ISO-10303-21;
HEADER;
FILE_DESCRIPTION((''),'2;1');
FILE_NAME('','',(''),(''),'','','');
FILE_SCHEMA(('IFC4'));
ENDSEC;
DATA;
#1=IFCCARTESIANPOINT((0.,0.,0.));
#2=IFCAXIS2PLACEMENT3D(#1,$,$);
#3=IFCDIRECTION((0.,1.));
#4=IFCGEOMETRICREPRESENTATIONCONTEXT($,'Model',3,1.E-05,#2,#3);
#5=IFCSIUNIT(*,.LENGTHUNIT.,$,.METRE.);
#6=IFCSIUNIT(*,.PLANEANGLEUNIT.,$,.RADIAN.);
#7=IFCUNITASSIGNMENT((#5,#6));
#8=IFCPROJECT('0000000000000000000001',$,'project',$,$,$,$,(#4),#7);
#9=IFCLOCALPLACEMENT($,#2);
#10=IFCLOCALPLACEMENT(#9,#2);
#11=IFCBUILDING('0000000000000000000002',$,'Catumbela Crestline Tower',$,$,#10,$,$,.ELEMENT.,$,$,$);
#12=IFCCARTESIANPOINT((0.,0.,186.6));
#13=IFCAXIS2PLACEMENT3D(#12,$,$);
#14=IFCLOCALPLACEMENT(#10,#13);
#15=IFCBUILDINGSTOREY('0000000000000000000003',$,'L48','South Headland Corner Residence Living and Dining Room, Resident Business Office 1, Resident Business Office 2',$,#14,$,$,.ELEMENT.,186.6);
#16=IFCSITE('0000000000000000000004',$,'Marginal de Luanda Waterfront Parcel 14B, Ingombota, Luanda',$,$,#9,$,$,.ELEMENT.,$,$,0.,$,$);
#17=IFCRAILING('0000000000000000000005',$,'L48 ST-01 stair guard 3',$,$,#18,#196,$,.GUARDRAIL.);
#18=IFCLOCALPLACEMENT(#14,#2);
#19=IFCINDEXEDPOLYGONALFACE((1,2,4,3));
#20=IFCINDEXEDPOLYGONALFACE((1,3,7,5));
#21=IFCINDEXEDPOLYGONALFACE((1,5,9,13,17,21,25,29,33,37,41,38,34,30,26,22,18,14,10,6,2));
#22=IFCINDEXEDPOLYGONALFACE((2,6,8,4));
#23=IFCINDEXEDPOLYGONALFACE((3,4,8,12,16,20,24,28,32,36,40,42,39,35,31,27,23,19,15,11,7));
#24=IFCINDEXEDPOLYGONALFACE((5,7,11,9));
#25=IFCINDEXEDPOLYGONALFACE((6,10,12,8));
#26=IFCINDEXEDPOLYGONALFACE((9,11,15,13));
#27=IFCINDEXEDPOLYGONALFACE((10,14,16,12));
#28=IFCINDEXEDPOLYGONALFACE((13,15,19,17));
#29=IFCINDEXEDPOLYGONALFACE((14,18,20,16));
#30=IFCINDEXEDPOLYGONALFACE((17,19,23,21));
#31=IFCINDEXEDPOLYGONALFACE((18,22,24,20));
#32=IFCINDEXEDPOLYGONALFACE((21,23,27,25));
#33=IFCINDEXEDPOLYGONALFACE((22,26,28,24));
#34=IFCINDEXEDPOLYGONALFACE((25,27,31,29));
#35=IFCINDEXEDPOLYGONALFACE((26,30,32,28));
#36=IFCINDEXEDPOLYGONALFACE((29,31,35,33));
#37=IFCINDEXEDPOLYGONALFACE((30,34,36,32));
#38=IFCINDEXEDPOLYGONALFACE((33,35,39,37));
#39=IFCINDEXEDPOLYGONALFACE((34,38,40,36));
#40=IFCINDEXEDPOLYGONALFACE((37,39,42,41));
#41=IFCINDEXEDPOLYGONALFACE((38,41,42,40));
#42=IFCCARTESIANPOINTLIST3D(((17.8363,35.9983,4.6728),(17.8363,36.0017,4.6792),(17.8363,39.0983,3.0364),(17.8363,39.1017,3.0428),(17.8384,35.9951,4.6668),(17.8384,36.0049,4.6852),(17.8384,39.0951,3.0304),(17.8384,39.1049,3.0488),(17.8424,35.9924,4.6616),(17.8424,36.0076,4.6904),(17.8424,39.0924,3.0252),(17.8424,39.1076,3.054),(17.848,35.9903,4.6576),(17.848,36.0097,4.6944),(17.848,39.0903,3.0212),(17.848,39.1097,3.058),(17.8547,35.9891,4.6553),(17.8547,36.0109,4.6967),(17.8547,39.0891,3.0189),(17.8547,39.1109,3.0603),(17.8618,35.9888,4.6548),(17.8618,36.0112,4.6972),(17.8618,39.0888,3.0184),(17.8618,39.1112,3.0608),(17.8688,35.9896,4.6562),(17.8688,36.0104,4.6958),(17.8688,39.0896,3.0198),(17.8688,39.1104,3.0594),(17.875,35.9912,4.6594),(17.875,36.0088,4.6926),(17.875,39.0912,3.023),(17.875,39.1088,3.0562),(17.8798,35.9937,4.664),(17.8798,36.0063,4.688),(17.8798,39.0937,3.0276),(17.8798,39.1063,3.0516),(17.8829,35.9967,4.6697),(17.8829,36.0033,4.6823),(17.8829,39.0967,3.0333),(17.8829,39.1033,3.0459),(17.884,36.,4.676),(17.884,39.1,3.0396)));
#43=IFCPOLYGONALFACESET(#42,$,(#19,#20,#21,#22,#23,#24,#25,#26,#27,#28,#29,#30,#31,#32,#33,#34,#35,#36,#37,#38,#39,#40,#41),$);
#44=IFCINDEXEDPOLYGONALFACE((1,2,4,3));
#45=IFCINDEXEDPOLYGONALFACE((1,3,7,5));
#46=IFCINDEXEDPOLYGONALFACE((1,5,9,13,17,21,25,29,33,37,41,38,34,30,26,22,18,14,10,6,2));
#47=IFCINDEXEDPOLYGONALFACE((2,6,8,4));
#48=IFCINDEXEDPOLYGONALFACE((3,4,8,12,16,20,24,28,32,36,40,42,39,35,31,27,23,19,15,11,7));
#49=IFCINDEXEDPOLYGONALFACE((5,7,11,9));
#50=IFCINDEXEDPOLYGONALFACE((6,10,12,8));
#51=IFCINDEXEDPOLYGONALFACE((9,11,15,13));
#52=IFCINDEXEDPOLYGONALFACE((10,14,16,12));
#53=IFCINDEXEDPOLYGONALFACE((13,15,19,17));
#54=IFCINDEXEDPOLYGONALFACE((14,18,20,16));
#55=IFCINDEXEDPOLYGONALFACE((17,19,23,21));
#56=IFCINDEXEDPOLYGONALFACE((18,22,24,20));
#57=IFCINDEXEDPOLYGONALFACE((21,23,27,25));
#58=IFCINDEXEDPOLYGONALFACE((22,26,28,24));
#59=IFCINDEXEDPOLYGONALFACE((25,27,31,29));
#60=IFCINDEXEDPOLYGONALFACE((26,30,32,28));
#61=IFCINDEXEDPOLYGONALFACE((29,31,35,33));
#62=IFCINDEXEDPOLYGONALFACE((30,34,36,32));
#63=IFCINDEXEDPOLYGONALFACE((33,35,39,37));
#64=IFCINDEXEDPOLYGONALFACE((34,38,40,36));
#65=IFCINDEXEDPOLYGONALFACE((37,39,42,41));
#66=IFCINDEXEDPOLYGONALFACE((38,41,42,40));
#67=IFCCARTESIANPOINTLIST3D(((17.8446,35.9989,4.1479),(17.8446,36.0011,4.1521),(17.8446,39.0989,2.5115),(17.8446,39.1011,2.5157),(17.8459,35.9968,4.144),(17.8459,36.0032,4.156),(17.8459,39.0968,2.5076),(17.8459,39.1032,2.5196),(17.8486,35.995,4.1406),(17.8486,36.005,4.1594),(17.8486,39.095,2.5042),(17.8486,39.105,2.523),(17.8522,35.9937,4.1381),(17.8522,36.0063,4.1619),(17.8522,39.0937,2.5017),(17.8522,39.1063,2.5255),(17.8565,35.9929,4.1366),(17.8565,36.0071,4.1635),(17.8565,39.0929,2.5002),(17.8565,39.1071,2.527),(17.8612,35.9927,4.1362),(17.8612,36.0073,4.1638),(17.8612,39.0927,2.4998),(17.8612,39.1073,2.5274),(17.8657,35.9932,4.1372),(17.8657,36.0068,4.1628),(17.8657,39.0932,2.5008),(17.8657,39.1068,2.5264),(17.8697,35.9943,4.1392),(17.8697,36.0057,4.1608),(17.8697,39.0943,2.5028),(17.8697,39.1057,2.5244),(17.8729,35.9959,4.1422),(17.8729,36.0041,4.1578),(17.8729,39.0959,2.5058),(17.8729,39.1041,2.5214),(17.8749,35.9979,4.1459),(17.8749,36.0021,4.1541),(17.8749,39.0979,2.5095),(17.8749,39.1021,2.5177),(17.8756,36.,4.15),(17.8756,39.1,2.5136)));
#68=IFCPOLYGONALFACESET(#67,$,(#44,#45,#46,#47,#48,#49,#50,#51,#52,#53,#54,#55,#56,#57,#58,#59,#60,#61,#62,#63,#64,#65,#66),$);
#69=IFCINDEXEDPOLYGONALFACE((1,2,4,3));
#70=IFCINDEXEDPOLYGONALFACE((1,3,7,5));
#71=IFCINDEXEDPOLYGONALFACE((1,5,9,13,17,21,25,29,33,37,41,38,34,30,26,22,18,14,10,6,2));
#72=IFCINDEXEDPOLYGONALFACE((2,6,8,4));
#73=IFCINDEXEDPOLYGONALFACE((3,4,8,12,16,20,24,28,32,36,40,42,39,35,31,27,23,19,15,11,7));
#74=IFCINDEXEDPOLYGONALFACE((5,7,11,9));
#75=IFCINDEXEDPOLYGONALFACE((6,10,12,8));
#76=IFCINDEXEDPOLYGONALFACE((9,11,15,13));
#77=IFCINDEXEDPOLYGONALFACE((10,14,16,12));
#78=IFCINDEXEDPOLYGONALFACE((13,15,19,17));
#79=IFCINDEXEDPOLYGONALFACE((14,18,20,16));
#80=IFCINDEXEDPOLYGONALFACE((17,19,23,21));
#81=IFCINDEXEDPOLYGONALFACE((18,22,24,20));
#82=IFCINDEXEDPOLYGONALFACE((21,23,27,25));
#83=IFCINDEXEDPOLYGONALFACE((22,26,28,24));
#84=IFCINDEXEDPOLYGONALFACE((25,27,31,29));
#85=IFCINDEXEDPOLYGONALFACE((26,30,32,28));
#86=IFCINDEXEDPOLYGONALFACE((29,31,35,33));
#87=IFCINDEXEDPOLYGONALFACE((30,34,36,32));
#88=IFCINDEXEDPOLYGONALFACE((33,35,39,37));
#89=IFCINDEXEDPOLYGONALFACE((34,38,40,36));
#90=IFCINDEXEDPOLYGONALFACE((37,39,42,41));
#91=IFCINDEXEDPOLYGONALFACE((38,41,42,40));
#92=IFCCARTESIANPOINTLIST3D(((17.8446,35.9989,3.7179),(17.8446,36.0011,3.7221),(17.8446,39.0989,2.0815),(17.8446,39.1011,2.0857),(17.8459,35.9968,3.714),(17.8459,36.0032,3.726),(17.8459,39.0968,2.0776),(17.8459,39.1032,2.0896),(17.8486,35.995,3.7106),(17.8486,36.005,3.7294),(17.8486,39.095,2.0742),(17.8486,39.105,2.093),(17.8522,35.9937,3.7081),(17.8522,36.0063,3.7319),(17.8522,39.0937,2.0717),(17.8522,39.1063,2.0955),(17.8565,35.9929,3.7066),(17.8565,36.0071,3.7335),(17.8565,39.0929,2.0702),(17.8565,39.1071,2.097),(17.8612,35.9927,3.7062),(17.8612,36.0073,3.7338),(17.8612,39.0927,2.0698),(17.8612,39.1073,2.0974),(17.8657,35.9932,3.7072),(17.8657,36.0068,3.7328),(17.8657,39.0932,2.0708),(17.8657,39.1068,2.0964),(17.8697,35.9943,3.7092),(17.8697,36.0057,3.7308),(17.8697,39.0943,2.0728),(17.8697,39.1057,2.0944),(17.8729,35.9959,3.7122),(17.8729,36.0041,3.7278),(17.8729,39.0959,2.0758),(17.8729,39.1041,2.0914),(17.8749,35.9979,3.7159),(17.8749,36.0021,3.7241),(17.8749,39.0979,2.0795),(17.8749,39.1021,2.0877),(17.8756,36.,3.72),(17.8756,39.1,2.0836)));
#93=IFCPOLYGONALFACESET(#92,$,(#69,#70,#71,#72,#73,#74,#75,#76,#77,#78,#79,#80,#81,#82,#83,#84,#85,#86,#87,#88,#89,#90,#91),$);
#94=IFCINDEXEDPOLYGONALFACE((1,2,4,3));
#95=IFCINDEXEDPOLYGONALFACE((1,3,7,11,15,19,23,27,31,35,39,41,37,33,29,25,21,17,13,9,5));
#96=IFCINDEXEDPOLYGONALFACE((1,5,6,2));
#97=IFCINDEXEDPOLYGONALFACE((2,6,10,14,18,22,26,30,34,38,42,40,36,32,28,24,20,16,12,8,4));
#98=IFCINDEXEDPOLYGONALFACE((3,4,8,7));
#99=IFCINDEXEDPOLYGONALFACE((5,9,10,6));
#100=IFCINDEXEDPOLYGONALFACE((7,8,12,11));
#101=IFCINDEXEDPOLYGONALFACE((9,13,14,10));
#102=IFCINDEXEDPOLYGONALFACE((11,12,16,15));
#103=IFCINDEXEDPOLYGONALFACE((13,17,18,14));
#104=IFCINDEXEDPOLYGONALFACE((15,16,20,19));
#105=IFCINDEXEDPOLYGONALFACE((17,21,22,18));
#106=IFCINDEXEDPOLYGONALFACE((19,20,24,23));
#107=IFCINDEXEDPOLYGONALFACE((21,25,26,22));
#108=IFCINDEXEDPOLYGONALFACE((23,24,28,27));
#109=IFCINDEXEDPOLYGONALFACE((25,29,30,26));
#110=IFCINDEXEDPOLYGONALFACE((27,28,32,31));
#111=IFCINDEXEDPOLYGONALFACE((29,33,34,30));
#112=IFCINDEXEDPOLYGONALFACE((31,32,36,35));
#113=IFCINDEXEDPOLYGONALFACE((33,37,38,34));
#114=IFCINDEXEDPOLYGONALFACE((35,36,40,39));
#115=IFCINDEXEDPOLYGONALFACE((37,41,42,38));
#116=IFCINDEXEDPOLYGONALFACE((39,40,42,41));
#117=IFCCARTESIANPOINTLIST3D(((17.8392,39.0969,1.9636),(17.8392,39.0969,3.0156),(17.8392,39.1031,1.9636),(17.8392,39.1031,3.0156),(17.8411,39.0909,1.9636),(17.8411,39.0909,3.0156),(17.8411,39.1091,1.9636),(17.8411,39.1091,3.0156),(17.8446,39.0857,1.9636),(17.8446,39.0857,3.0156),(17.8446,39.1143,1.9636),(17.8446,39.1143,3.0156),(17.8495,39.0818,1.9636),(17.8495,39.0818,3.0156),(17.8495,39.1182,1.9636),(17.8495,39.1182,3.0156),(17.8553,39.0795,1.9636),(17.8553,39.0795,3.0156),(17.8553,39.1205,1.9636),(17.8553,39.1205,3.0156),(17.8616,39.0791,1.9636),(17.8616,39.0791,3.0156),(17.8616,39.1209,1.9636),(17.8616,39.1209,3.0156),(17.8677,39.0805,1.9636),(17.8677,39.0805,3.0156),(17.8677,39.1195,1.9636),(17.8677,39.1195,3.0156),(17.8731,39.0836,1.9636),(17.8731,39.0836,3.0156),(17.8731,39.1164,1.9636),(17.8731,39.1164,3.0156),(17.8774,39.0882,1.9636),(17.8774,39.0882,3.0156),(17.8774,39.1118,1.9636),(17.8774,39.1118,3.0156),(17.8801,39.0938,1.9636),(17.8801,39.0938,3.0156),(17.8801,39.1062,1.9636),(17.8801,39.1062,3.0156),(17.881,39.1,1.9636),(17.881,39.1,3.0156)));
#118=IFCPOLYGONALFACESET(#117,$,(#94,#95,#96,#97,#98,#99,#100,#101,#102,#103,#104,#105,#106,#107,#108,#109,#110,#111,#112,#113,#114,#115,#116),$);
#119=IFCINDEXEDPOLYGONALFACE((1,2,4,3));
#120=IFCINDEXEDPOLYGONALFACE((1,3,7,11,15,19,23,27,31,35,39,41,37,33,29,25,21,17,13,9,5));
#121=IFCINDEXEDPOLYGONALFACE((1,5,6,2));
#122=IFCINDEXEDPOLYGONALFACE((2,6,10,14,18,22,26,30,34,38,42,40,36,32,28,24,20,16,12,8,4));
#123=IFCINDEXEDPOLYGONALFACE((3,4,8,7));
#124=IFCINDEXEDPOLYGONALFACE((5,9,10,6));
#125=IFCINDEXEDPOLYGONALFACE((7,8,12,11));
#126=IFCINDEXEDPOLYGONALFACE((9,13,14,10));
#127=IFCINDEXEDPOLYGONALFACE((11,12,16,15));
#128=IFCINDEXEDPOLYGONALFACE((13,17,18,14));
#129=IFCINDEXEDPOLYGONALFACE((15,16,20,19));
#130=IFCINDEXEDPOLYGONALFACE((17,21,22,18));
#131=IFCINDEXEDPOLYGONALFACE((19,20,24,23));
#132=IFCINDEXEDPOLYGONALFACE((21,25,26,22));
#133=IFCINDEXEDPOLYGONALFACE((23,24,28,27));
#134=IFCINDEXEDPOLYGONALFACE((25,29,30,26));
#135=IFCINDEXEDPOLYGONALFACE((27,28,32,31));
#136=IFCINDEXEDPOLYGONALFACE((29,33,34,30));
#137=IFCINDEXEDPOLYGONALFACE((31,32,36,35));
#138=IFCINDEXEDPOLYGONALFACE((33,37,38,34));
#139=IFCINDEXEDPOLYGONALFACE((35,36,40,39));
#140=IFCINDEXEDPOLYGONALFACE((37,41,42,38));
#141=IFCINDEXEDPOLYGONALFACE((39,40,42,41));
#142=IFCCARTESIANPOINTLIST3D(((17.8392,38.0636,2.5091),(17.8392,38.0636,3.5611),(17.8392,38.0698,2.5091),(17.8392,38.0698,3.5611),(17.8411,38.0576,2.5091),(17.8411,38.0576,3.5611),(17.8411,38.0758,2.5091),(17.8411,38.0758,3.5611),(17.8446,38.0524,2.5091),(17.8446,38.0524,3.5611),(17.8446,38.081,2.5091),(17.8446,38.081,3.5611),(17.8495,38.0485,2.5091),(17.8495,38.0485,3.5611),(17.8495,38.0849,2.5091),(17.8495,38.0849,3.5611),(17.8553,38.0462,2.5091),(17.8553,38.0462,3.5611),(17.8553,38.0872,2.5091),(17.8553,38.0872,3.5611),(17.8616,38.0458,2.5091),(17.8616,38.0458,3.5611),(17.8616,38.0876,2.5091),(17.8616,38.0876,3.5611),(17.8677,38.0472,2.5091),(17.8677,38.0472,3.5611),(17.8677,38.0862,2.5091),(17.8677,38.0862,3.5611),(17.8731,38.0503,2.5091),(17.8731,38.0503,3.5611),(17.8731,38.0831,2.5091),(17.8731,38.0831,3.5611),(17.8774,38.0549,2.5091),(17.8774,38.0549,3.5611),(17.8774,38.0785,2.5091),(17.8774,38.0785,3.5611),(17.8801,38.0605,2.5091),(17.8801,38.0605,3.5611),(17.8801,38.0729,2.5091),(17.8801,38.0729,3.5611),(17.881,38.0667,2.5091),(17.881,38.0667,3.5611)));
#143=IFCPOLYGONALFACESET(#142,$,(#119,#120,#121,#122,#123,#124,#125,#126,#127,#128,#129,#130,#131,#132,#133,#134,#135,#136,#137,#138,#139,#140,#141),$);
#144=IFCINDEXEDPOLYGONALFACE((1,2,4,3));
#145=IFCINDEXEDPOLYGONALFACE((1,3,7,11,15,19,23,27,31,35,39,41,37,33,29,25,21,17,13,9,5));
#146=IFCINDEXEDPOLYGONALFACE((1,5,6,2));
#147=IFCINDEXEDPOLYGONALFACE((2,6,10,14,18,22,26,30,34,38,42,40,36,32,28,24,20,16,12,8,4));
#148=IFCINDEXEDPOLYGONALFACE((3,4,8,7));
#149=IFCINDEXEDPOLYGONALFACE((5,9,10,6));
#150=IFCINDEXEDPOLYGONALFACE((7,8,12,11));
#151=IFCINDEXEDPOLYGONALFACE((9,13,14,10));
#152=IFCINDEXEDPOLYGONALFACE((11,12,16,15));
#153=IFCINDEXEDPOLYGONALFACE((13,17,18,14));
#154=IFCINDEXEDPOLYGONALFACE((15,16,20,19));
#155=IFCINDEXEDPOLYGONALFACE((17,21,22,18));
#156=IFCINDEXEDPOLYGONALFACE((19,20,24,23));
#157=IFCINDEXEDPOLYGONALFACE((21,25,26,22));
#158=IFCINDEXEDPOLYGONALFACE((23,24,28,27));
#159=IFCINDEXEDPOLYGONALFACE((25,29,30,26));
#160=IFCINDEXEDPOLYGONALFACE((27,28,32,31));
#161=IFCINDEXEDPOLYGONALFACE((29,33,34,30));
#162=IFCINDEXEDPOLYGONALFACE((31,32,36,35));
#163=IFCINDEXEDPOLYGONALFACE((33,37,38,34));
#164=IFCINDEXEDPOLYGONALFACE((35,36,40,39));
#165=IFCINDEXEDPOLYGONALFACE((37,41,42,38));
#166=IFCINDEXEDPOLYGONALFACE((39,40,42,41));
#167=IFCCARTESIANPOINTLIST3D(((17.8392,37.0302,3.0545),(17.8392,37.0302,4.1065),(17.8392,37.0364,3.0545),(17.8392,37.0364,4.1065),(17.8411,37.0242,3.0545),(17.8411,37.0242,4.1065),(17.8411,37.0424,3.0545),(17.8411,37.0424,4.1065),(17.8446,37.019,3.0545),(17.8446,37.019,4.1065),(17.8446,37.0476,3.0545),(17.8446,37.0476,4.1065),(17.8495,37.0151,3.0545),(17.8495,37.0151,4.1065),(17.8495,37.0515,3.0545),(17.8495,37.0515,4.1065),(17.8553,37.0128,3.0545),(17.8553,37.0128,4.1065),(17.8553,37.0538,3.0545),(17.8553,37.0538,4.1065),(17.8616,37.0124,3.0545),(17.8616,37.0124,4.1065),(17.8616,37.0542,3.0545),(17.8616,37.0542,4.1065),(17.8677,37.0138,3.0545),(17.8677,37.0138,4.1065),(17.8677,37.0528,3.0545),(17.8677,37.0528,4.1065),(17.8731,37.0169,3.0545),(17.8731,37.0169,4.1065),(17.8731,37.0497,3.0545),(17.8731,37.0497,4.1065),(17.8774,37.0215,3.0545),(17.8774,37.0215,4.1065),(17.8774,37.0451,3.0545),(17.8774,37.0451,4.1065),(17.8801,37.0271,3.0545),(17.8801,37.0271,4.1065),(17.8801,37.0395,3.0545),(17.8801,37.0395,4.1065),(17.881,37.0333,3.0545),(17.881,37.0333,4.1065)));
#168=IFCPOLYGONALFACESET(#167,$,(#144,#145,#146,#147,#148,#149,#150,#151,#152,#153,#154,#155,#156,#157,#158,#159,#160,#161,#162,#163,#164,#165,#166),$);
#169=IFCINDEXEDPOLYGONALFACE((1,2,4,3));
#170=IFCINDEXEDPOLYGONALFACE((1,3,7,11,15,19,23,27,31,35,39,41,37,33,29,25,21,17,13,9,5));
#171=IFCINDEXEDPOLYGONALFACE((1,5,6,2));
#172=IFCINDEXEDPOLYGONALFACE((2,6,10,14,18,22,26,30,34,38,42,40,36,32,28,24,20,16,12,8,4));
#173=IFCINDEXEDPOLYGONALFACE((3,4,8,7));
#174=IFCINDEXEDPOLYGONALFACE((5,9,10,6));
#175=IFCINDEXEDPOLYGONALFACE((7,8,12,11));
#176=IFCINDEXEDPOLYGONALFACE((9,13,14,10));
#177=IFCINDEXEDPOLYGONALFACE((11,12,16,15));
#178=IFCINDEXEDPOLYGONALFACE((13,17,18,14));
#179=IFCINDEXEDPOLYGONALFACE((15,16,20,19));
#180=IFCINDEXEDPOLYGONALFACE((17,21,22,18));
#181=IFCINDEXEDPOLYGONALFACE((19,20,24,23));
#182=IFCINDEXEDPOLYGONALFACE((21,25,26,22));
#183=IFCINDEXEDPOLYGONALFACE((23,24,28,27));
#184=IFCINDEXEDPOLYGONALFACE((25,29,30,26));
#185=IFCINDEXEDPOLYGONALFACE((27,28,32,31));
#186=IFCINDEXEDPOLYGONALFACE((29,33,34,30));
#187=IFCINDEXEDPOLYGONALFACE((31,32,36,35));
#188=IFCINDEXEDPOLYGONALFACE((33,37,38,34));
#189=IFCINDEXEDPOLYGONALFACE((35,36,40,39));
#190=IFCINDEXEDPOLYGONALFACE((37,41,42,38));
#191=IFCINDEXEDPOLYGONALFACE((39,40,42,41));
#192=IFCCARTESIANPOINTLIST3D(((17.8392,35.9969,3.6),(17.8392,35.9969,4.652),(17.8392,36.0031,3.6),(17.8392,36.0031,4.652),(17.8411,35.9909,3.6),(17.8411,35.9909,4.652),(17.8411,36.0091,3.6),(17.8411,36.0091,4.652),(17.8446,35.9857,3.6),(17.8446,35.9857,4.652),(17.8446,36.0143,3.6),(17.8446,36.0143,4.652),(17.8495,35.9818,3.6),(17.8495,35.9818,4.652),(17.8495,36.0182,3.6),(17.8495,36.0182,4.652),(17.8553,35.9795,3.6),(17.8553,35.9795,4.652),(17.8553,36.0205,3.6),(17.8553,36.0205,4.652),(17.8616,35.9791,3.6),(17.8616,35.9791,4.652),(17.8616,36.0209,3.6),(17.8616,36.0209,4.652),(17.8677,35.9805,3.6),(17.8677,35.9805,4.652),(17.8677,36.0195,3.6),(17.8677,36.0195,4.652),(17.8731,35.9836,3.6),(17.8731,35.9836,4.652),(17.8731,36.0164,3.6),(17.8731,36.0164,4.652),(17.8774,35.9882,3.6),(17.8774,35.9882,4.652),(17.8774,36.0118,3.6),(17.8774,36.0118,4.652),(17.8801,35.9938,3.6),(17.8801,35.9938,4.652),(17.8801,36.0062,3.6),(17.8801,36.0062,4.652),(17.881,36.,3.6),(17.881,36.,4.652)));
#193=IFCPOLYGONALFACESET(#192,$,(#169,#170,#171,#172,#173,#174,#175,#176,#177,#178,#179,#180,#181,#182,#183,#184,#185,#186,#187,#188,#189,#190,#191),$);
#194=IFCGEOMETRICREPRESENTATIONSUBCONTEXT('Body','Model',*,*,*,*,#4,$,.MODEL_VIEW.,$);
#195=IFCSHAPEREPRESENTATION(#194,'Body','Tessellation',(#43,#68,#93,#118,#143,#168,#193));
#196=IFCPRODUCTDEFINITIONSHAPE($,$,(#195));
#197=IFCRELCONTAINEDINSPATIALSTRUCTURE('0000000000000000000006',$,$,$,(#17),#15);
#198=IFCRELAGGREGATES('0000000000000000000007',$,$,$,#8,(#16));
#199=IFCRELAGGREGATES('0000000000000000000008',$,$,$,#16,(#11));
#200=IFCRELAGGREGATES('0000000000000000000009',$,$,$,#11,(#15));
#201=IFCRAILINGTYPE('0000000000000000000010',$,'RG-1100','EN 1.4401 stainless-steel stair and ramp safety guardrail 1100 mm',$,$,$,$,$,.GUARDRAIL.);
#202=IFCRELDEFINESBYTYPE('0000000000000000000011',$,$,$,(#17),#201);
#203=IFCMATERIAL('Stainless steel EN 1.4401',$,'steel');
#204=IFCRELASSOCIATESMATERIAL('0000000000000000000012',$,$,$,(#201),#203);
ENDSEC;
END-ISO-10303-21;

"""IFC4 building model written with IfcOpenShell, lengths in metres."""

from ifc_helpers import new_model, si_unit, direction, frame, origin, origin_2d, place, context, subcontext, project, spatial, circle, extrude, material, type_object, element, save


model = new_model("IFC4")

# Units and contexts
model_context = context("Model", 3, precision=1e-05, world=origin(), true_north=direction((0.0, 1.0)))
body_context = subcontext(model_context, "Body", "Model", "MODEL_VIEW")
ifc_project = project(units=[si_unit("LENGTHUNIT", "METRE"), si_unit("PLANEANGLEUNIT", "RADIAN")], contexts=[model_context])

# Site, building, storey
site_placement = place(None, origin())
site = spatial("IfcSite", under=ifc_project, at=site_placement, Name="Marginal de Luanda Waterfront Parcel 14B, Ingombota, Luanda", CompositionType="ELEMENT", RefElevation=0.0)
building_placement = place(site_placement, origin())
building = spatial("IfcBuilding", under=site, at=building_placement, Name="Catumbela Crestline Tower", CompositionType="ELEMENT")
storey_placement = place(building_placement, frame((0.0, 0.0, 186.6)))
storey = spatial("IfcBuildingStorey", under=building, at=storey_placement, Name="L48", Description="South Headland Corner Residence Living and Dining Room, Resident Business Office 1, Resident Business Office 2", CompositionType="ELEMENT", Elevation=186.6)

# Shared definitions
ifc_material_1 = material(Name="Stainless steel EN 1.4401", Category="steel")

# Railing
railing_type_1 = type_object("IfcRailingType", Name="RG-1100", Description="EN 1.4401 stainless-steel stair and ramp safety guardrail 1100 mm", PredefinedType="GUARDRAIL", material=ifc_material_1)
railing_1_placement = place(storey_placement, frame((17.86, 39.1, 1.9636)))
element("IfcRailing", 1, at=railing_1_placement, inside=storey, type_object=railing_type_1, Name="L48 ST-01 stair guard 3", PredefinedType="GUARDRAIL", context=body_context, shape_type="SweptSolid", body=[
    extrude(circle(Radius=0.024, at=origin_2d()), frame((0.0, 0.0, 1.076), z_axis=(0.0, -0.884351, 0.466823), x_axis=(1.0, 0.0, 0.0)), (0.0, 0.0, 1.0), 3.5054),
    extrude(circle(Radius=0.0156, at=origin_2d()), frame((0.0, 0.0, 0.55), z_axis=(0.0, -0.884351, 0.466823), x_axis=(1.0, 0.0, 0.0)), (0.0, 0.0, 1.0), 3.5054),
    extrude(circle(Radius=0.0156, at=origin_2d()), frame((0.0, 0.0, 0.12), z_axis=(0.0, -0.884351, 0.466823), x_axis=(1.0, 0.0, 0.0)), (0.0, 0.0, 1.0), 3.5054),
    extrude(circle(Radius=0.021, at=origin_2d()), origin(), (0.0, 0.0, 1.0), 1.052),
    extrude(circle(Radius=0.021, at=origin_2d()), frame((0.0, -1.0333, 0.5455)), (0.0, 0.0, 1.0), 1.052),
    extrude(circle(Radius=0.021, at=origin_2d()), frame((0.0, -2.0667, 1.0909)), (0.0, 0.0, 1.0), 1.052),
    extrude(circle(Radius=0.021, at=origin_2d()), frame((0.0, -3.1, 1.6364)), (0.0, 0.0, 1.0), 1.052),
])

save(model, "model.ifc")
